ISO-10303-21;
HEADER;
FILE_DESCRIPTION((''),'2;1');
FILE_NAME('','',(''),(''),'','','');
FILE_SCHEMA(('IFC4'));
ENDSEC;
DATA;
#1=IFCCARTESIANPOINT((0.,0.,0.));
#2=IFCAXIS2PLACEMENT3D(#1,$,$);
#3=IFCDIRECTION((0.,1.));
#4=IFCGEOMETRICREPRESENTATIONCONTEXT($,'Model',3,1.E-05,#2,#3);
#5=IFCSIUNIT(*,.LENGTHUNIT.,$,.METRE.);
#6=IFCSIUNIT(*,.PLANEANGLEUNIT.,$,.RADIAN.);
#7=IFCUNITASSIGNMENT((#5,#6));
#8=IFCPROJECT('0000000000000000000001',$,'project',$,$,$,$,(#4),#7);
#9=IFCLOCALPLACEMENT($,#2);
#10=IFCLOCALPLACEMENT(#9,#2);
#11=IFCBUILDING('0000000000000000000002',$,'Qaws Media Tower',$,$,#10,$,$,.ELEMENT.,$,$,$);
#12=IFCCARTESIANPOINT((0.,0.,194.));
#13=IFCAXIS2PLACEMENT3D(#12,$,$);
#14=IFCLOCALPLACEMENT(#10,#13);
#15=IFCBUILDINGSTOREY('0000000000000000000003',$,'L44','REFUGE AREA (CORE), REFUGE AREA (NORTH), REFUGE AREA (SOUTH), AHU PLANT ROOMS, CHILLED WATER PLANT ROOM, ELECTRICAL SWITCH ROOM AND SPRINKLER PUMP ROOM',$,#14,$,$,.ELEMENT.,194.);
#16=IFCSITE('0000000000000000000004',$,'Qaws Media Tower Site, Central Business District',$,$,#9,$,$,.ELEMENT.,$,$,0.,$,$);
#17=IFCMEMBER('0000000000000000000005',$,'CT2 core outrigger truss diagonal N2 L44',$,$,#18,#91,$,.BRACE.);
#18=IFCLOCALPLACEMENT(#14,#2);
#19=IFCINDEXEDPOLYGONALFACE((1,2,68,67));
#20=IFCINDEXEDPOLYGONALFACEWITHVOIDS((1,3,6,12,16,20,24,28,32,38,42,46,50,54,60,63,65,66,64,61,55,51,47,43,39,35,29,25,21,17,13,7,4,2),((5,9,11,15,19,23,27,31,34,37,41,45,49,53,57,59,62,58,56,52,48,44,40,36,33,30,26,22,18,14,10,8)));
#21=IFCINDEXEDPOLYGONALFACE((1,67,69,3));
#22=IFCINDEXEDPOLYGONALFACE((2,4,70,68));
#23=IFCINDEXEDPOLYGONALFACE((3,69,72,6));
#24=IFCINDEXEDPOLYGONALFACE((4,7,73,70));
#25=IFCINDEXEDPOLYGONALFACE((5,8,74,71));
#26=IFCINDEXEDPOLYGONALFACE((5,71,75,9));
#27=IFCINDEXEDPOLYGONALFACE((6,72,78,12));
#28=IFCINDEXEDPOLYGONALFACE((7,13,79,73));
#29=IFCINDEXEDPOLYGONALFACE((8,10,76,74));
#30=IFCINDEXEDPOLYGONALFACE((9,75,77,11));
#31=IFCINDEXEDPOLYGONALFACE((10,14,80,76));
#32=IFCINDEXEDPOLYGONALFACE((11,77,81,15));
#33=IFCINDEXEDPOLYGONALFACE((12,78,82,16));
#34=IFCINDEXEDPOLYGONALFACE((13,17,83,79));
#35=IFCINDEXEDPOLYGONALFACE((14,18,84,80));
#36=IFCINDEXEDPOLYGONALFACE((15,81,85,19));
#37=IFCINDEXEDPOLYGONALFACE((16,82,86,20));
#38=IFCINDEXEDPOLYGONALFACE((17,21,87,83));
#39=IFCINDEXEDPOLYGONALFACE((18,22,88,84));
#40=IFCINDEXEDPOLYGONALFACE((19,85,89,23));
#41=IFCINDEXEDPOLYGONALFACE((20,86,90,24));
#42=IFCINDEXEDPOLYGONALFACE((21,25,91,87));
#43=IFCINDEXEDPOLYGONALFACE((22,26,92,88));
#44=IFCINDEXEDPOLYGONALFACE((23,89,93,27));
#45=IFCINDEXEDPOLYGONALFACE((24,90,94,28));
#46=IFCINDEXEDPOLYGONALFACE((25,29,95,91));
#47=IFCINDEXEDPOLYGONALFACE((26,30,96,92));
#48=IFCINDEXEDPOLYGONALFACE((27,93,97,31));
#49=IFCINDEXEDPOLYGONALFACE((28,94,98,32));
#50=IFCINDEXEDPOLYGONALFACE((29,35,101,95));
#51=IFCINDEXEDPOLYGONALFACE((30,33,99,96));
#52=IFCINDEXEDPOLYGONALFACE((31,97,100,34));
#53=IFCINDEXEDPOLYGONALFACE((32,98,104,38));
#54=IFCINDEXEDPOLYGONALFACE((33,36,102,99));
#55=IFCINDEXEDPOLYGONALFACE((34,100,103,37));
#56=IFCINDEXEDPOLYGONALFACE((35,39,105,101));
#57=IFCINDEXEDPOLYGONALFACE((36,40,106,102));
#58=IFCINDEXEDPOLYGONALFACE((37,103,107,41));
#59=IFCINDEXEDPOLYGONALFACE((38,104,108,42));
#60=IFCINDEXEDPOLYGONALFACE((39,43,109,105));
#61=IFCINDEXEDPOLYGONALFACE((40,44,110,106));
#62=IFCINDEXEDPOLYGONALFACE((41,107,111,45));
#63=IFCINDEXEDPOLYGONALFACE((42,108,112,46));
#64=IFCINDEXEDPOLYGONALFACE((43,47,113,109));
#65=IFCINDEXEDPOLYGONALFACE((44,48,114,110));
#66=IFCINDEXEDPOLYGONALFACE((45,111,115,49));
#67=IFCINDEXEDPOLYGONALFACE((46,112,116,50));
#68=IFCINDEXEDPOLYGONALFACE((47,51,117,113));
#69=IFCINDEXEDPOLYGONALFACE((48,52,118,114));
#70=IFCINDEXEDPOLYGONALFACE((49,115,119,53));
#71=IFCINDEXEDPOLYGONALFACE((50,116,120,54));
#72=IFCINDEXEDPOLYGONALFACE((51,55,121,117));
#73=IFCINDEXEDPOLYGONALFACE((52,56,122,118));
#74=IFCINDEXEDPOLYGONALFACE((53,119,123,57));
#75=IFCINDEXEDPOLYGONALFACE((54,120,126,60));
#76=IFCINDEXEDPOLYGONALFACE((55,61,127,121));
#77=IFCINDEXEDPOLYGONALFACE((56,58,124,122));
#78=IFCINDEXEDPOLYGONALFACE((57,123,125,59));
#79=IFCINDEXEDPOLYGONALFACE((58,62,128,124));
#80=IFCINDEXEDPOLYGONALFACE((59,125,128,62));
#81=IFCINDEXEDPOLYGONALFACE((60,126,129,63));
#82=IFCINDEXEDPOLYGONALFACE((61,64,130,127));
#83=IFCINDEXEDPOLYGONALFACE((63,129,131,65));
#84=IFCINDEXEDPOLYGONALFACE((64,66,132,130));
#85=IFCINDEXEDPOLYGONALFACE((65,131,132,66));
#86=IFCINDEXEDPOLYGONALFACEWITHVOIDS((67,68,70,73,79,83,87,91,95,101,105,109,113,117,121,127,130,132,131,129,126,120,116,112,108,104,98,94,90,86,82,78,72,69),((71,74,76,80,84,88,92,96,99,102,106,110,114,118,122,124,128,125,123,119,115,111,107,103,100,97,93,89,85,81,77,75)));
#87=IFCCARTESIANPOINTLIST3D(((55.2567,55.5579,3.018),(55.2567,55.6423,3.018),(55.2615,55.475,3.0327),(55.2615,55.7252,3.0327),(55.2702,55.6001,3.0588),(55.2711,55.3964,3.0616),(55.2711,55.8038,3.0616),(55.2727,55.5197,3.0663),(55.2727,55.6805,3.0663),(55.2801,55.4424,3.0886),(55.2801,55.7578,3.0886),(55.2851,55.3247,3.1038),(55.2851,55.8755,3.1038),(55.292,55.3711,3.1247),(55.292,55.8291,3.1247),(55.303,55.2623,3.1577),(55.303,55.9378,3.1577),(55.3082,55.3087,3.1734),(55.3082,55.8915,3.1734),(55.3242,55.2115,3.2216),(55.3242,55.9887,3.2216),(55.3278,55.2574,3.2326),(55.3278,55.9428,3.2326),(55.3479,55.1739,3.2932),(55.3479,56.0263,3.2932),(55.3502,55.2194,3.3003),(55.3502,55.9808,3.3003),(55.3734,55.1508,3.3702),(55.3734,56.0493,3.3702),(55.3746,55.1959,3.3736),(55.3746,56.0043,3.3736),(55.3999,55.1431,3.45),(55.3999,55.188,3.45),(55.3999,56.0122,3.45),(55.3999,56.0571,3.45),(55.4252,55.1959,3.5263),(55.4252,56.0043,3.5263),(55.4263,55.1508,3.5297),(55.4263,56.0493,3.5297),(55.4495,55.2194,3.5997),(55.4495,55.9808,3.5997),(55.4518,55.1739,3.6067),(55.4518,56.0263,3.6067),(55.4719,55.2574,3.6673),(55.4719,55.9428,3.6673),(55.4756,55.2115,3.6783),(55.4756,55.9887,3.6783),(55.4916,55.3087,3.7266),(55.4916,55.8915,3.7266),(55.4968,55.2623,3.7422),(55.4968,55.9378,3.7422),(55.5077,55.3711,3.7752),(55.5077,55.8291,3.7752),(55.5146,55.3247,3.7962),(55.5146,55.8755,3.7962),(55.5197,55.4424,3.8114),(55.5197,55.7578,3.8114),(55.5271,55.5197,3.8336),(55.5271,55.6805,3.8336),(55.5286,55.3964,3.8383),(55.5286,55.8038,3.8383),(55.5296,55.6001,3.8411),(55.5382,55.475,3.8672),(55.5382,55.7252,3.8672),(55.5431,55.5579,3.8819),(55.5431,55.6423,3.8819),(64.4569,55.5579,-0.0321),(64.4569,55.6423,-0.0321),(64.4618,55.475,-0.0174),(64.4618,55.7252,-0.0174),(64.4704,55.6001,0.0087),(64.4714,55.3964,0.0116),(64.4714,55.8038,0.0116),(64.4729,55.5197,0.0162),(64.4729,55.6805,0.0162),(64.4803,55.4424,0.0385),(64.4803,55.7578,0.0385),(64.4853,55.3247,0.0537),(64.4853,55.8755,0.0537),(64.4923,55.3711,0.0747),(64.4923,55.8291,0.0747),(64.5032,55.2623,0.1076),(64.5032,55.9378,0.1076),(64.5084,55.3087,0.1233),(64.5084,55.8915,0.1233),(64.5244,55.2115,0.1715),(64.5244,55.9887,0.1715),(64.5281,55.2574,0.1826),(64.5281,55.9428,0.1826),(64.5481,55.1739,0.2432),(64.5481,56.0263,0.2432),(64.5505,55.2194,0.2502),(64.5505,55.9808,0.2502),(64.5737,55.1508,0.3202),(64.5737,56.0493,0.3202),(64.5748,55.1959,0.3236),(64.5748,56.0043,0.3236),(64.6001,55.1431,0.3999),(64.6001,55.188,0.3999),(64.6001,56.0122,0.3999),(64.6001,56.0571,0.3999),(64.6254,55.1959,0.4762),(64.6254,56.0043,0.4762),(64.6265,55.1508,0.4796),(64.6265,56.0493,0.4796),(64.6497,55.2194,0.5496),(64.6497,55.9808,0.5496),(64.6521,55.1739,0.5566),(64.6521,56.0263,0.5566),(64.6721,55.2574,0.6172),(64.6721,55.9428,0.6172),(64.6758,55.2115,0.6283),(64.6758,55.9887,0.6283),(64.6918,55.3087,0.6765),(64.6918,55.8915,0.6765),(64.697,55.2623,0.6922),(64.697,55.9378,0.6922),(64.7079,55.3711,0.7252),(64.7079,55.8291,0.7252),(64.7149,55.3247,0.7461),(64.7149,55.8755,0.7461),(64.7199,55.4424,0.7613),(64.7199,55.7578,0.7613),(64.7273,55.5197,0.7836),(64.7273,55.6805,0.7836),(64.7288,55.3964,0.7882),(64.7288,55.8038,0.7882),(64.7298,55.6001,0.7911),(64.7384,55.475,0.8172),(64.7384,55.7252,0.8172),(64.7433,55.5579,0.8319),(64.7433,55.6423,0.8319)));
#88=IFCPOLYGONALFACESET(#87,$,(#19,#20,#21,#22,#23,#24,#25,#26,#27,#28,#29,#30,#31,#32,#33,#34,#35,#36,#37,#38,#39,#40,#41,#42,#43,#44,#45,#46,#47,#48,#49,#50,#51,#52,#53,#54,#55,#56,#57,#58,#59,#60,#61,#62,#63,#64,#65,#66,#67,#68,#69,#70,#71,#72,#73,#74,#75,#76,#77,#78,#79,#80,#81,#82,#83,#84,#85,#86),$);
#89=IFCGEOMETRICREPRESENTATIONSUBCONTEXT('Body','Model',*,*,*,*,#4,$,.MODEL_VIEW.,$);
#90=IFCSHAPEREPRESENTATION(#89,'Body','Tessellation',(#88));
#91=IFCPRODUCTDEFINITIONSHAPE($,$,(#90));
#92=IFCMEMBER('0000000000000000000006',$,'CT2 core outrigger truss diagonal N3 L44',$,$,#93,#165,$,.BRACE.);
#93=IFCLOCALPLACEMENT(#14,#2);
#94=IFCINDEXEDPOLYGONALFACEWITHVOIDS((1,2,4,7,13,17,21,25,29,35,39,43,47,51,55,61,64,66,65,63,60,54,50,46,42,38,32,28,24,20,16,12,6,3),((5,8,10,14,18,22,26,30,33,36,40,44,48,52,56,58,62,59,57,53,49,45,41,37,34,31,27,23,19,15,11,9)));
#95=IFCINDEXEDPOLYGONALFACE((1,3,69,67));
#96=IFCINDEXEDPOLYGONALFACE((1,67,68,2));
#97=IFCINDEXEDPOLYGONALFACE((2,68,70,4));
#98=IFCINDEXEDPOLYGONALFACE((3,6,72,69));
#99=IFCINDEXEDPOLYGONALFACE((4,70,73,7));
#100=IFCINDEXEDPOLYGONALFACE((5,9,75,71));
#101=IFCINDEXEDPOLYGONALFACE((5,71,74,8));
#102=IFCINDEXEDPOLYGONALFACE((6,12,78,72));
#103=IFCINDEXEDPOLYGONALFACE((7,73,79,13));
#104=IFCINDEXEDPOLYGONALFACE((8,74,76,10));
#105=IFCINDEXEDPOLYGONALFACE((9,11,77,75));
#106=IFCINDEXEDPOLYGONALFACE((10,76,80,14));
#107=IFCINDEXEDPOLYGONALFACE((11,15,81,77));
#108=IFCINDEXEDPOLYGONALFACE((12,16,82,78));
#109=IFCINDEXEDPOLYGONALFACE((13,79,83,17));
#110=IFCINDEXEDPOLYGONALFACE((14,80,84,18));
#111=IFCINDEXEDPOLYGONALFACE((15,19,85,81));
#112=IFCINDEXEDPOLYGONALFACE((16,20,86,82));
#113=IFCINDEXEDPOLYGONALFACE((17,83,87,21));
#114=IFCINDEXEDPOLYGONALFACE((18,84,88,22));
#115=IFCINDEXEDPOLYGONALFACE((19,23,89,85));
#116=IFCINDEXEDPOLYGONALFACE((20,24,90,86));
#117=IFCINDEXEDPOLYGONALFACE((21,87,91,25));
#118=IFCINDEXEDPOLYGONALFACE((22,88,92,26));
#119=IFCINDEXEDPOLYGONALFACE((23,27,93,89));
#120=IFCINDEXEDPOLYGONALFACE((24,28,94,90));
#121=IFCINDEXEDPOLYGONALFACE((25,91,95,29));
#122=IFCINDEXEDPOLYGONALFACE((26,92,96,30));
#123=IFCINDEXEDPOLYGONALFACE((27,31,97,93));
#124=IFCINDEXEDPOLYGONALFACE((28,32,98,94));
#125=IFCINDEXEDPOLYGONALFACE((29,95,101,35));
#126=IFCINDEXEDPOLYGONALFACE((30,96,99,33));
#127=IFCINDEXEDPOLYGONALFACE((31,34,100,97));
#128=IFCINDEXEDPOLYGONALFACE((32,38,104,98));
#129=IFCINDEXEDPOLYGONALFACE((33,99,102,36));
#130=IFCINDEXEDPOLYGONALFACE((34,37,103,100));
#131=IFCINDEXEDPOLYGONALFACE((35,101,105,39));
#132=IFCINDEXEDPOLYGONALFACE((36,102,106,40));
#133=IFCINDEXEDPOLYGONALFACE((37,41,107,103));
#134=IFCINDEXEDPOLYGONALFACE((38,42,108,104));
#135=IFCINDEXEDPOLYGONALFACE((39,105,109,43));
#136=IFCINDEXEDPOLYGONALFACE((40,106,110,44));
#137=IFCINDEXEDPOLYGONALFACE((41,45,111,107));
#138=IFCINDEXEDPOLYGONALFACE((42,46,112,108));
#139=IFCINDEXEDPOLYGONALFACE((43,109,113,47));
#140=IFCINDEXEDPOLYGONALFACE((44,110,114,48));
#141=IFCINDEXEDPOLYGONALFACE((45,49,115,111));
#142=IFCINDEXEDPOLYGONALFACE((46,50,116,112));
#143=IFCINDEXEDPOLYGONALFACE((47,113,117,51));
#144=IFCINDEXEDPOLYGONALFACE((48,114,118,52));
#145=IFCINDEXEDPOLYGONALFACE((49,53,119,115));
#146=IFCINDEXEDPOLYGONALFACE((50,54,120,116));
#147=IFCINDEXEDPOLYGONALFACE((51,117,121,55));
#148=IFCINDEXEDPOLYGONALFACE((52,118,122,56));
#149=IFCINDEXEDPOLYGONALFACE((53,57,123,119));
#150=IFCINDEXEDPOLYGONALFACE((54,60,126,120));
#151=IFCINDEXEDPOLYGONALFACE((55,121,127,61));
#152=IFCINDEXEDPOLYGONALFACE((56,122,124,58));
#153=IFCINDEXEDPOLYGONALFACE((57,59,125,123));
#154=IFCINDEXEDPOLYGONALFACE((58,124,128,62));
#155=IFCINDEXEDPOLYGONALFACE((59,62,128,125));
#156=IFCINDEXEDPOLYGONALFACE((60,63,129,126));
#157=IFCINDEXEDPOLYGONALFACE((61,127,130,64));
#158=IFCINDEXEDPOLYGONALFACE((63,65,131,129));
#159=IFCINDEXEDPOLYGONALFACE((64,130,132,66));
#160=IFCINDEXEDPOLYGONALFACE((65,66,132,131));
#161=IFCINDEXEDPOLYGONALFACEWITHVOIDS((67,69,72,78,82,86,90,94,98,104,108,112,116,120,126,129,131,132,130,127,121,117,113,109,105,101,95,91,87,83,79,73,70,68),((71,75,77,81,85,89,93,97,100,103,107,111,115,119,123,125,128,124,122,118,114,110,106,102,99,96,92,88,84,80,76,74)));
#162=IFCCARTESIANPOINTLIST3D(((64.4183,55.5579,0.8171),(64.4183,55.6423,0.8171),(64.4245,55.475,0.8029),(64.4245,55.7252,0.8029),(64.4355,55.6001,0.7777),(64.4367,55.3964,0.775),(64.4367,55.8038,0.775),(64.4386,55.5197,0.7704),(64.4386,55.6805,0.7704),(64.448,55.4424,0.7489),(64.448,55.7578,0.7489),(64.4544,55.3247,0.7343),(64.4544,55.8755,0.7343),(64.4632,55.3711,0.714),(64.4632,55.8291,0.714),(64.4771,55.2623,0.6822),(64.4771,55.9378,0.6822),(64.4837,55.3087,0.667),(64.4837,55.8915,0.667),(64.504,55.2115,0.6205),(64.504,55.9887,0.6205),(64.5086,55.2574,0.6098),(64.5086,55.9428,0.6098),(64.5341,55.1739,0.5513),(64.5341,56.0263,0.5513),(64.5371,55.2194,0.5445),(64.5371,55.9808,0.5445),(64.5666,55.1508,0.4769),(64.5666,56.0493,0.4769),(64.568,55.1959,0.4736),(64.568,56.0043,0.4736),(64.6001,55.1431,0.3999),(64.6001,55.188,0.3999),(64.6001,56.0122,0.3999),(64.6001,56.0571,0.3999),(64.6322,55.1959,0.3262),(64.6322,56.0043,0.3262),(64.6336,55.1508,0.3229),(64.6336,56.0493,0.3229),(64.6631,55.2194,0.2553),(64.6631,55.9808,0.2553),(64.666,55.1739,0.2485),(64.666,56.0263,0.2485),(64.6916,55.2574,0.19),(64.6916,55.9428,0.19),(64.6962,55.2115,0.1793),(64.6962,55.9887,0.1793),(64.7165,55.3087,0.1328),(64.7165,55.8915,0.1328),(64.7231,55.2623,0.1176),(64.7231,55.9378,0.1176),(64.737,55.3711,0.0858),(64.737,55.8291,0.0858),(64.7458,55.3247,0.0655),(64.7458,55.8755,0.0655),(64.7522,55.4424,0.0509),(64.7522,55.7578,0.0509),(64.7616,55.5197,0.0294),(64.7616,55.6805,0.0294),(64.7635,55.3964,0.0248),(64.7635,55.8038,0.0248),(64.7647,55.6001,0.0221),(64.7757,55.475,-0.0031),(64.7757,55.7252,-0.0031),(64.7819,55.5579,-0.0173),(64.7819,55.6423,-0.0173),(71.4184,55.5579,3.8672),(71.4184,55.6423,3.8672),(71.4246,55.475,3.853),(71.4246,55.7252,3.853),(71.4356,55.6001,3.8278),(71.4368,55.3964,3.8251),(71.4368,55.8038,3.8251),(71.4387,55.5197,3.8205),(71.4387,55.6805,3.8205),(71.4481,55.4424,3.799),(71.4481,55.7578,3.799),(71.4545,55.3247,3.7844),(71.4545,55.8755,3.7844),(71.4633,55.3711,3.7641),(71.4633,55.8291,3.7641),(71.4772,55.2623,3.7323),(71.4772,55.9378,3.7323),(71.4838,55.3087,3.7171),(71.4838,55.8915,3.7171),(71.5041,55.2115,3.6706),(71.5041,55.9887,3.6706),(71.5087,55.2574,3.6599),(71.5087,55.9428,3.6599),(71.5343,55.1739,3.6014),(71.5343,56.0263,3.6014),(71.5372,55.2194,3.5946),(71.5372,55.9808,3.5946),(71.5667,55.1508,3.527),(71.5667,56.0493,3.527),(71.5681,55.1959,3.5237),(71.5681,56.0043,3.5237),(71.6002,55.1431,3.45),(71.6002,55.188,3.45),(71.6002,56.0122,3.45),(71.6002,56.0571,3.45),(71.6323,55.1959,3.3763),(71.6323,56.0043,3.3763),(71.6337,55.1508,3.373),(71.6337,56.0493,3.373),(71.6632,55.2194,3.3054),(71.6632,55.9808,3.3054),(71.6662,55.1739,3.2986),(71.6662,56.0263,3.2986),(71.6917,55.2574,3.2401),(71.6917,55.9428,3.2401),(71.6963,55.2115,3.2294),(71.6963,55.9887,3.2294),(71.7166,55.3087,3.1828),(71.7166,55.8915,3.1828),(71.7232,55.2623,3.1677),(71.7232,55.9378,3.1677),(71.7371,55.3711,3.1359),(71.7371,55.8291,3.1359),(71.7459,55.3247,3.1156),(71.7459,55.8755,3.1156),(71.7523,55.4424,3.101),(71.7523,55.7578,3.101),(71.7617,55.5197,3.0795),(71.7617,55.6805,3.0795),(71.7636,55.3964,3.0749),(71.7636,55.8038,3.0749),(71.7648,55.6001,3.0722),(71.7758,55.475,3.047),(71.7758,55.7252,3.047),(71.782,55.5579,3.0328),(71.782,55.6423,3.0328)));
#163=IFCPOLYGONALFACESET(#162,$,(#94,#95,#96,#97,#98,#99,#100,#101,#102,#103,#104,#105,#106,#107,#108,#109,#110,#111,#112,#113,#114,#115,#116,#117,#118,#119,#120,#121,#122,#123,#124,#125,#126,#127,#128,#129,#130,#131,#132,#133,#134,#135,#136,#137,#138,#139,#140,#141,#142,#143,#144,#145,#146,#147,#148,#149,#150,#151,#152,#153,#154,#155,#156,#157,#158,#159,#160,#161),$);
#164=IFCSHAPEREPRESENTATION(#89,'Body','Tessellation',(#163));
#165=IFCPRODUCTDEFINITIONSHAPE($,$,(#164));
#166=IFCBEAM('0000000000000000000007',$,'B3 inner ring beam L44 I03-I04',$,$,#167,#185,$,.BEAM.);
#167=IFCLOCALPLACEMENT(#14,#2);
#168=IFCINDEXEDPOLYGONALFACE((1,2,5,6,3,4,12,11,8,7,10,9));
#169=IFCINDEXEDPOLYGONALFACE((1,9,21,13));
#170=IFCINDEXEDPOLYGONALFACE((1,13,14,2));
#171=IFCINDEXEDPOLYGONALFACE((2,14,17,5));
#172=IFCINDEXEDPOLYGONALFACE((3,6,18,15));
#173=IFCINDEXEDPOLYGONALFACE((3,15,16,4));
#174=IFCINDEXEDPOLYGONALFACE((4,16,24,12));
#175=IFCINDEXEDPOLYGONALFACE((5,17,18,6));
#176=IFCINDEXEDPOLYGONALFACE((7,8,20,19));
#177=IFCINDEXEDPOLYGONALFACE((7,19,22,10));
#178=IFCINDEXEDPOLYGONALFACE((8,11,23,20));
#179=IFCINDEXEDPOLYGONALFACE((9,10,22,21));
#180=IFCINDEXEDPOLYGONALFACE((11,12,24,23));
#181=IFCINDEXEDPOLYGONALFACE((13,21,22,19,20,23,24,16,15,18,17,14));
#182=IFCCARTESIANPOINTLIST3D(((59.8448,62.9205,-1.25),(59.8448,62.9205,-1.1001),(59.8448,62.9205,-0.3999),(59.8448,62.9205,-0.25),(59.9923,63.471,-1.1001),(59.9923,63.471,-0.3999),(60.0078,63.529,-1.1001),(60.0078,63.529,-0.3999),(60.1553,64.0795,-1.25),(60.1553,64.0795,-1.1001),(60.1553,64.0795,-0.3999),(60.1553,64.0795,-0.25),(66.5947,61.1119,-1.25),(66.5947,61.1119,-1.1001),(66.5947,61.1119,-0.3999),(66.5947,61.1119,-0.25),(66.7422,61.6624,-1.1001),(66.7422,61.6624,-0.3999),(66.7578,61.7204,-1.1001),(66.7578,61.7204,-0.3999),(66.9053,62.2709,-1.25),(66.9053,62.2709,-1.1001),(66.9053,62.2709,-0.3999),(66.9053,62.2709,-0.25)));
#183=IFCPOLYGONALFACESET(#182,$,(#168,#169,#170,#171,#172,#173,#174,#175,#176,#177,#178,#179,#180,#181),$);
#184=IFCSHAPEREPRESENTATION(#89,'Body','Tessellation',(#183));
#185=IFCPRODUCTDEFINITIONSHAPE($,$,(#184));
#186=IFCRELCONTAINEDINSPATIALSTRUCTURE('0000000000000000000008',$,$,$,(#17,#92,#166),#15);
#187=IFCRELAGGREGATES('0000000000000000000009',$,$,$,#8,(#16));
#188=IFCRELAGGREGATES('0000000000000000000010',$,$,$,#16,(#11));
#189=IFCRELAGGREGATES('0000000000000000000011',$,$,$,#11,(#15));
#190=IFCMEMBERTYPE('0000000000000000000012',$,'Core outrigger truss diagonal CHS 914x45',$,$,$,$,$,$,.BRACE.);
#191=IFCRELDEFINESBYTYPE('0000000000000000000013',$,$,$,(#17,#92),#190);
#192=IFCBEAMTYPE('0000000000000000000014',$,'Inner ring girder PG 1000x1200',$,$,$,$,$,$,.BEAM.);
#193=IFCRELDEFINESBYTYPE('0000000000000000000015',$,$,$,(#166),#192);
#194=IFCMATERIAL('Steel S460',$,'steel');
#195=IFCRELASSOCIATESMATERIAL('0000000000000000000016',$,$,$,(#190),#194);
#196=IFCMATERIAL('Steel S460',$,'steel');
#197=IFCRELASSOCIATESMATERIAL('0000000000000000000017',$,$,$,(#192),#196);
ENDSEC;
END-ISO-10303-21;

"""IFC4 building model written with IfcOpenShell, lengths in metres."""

from ifc_helpers import new_model, si_unit, direction, frame, origin, origin_2d, place, context, subcontext, project, spatial, hollow_circle, i_section, extrude, material, material_profile, profile_set, type_object, element, save


model = new_model("IFC4")

# Units and contexts
model_context = context("Model", 3, precision=1e-05, world=origin(), true_north=direction((0.0, 1.0)))
body_context = subcontext(model_context, "Body", "Model", "MODEL_VIEW")
ifc_project = project(units=[si_unit("LENGTHUNIT", "METRE"), si_unit("PLANEANGLEUNIT", "RADIAN")], contexts=[model_context])

# Site, building, storey
site_placement = place(None, origin())
site = spatial("IfcSite", under=ifc_project, at=site_placement, Name="Qaws Media Tower Site, Central Business District", CompositionType="ELEMENT", RefElevation=0.0)
building_placement = place(site_placement, origin())
building = spatial("IfcBuilding", under=site, at=building_placement, Name="Qaws Media Tower", CompositionType="ELEMENT")
storey_placement = place(building_placement, frame((0.0, 0.0, 194.0)))
storey = spatial("IfcBuildingStorey", under=building, at=storey_placement, Name="L44", Description="REFUGE AREA (CORE), REFUGE AREA (NORTH), REFUGE AREA (SOUTH), AHU PLANT ROOMS, CHILLED WATER PLANT ROOM, ELECTRICAL SWITCH ROOM AND SPRINKLER PUMP ROOM", CompositionType="ELEMENT", Elevation=194.0)

# Members
ifc_material_1 = material(Name="Steel S460", Category="steel")
ifc_material_profile_1 = material_profile(ifc_material_1, hollow_circle(Radius=0.457, WallThickness=0.0449, at=origin_2d()), Name="CHS 914x45")
ifc_profile_set_1 = profile_set([ifc_material_profile_1], Name="Steel S460")
member_type = type_object("IfcMemberType", Name="Core outrigger truss diagonal CHS 914x45", PredefinedType="BRACE", material=ifc_profile_set_1)
member_1_placement = place(storey_placement, frame((64.6001, 55.6001, 0.3999), z_axis=(-0.949198, 0.0, 0.314678), x_axis=(0.0, -1.0, 0.0)))
element("IfcMember", 1, at=member_1_placement, inside=storey, type_object=member_type, Name="CT2 core outrigger truss diagonal N2 L44", PredefinedType="BRACE", context=body_context, shape_type="SweptSolid", body=[
    extrude(hollow_circle(Radius=0.457, WallThickness=0.0449, at=origin_2d()), origin(), (0.0, 0.0, 1.0), 9.6926),
])
member_2_placement = place(storey_placement, frame((64.6001, 55.6001, 0.3999), z_axis=(0.916755, 0.0, 0.39945), x_axis=(0.0, 1.0, 0.0)))
element("IfcMember", 2, at=member_2_placement, inside=storey, type_object=member_type, Name="CT2 core outrigger truss diagonal N3 L44", PredefinedType="BRACE", context=body_context, shape_type="SweptSolid", body=[
    extrude(hollow_circle(Radius=0.457, WallThickness=0.0449, at=origin_2d()), origin(), (0.0, 0.0, 1.0), 7.6357),
])

# Beam
ifc_material_2 = material(Name="Steel S460", Category="steel")
ifc_material_profile_2 = material_profile(ifc_material_2, i_section(OverallWidth=1.2, OverallDepth=1.0, WebThickness=0.0601, FlangeThickness=0.1499, at=origin_2d()), Name="PG 1000x1200")
ifc_profile_set_2 = profile_set([ifc_material_profile_2], Name="Steel S460")
beam_type_1 = type_object("IfcBeamType", Name="Inner ring girder PG 1000x1200", PredefinedType="BEAM", material=ifc_profile_set_2)
beam_1_placement = place(storey_placement, frame((66.75, 61.6914, -0.75), z_axis=(-0.965928, 0.258811, 0.0), x_axis=(-0.258811, -0.965928, 0.0)))
element("IfcBeam", 3, at=beam_1_placement, inside=storey, type_object=beam_type_1, Name="B3 inner ring beam L44 I03-I04", PredefinedType="BEAM", context=body_context, shape_type="SweptSolid", body=[
    extrude(i_section(OverallWidth=1.2, OverallDepth=1.0, WebThickness=0.0601, FlangeThickness=0.1499, at=origin_2d()), origin(), (0.0, 0.0, 1.0), 6.988),
])

save(model, "model.ifc")
